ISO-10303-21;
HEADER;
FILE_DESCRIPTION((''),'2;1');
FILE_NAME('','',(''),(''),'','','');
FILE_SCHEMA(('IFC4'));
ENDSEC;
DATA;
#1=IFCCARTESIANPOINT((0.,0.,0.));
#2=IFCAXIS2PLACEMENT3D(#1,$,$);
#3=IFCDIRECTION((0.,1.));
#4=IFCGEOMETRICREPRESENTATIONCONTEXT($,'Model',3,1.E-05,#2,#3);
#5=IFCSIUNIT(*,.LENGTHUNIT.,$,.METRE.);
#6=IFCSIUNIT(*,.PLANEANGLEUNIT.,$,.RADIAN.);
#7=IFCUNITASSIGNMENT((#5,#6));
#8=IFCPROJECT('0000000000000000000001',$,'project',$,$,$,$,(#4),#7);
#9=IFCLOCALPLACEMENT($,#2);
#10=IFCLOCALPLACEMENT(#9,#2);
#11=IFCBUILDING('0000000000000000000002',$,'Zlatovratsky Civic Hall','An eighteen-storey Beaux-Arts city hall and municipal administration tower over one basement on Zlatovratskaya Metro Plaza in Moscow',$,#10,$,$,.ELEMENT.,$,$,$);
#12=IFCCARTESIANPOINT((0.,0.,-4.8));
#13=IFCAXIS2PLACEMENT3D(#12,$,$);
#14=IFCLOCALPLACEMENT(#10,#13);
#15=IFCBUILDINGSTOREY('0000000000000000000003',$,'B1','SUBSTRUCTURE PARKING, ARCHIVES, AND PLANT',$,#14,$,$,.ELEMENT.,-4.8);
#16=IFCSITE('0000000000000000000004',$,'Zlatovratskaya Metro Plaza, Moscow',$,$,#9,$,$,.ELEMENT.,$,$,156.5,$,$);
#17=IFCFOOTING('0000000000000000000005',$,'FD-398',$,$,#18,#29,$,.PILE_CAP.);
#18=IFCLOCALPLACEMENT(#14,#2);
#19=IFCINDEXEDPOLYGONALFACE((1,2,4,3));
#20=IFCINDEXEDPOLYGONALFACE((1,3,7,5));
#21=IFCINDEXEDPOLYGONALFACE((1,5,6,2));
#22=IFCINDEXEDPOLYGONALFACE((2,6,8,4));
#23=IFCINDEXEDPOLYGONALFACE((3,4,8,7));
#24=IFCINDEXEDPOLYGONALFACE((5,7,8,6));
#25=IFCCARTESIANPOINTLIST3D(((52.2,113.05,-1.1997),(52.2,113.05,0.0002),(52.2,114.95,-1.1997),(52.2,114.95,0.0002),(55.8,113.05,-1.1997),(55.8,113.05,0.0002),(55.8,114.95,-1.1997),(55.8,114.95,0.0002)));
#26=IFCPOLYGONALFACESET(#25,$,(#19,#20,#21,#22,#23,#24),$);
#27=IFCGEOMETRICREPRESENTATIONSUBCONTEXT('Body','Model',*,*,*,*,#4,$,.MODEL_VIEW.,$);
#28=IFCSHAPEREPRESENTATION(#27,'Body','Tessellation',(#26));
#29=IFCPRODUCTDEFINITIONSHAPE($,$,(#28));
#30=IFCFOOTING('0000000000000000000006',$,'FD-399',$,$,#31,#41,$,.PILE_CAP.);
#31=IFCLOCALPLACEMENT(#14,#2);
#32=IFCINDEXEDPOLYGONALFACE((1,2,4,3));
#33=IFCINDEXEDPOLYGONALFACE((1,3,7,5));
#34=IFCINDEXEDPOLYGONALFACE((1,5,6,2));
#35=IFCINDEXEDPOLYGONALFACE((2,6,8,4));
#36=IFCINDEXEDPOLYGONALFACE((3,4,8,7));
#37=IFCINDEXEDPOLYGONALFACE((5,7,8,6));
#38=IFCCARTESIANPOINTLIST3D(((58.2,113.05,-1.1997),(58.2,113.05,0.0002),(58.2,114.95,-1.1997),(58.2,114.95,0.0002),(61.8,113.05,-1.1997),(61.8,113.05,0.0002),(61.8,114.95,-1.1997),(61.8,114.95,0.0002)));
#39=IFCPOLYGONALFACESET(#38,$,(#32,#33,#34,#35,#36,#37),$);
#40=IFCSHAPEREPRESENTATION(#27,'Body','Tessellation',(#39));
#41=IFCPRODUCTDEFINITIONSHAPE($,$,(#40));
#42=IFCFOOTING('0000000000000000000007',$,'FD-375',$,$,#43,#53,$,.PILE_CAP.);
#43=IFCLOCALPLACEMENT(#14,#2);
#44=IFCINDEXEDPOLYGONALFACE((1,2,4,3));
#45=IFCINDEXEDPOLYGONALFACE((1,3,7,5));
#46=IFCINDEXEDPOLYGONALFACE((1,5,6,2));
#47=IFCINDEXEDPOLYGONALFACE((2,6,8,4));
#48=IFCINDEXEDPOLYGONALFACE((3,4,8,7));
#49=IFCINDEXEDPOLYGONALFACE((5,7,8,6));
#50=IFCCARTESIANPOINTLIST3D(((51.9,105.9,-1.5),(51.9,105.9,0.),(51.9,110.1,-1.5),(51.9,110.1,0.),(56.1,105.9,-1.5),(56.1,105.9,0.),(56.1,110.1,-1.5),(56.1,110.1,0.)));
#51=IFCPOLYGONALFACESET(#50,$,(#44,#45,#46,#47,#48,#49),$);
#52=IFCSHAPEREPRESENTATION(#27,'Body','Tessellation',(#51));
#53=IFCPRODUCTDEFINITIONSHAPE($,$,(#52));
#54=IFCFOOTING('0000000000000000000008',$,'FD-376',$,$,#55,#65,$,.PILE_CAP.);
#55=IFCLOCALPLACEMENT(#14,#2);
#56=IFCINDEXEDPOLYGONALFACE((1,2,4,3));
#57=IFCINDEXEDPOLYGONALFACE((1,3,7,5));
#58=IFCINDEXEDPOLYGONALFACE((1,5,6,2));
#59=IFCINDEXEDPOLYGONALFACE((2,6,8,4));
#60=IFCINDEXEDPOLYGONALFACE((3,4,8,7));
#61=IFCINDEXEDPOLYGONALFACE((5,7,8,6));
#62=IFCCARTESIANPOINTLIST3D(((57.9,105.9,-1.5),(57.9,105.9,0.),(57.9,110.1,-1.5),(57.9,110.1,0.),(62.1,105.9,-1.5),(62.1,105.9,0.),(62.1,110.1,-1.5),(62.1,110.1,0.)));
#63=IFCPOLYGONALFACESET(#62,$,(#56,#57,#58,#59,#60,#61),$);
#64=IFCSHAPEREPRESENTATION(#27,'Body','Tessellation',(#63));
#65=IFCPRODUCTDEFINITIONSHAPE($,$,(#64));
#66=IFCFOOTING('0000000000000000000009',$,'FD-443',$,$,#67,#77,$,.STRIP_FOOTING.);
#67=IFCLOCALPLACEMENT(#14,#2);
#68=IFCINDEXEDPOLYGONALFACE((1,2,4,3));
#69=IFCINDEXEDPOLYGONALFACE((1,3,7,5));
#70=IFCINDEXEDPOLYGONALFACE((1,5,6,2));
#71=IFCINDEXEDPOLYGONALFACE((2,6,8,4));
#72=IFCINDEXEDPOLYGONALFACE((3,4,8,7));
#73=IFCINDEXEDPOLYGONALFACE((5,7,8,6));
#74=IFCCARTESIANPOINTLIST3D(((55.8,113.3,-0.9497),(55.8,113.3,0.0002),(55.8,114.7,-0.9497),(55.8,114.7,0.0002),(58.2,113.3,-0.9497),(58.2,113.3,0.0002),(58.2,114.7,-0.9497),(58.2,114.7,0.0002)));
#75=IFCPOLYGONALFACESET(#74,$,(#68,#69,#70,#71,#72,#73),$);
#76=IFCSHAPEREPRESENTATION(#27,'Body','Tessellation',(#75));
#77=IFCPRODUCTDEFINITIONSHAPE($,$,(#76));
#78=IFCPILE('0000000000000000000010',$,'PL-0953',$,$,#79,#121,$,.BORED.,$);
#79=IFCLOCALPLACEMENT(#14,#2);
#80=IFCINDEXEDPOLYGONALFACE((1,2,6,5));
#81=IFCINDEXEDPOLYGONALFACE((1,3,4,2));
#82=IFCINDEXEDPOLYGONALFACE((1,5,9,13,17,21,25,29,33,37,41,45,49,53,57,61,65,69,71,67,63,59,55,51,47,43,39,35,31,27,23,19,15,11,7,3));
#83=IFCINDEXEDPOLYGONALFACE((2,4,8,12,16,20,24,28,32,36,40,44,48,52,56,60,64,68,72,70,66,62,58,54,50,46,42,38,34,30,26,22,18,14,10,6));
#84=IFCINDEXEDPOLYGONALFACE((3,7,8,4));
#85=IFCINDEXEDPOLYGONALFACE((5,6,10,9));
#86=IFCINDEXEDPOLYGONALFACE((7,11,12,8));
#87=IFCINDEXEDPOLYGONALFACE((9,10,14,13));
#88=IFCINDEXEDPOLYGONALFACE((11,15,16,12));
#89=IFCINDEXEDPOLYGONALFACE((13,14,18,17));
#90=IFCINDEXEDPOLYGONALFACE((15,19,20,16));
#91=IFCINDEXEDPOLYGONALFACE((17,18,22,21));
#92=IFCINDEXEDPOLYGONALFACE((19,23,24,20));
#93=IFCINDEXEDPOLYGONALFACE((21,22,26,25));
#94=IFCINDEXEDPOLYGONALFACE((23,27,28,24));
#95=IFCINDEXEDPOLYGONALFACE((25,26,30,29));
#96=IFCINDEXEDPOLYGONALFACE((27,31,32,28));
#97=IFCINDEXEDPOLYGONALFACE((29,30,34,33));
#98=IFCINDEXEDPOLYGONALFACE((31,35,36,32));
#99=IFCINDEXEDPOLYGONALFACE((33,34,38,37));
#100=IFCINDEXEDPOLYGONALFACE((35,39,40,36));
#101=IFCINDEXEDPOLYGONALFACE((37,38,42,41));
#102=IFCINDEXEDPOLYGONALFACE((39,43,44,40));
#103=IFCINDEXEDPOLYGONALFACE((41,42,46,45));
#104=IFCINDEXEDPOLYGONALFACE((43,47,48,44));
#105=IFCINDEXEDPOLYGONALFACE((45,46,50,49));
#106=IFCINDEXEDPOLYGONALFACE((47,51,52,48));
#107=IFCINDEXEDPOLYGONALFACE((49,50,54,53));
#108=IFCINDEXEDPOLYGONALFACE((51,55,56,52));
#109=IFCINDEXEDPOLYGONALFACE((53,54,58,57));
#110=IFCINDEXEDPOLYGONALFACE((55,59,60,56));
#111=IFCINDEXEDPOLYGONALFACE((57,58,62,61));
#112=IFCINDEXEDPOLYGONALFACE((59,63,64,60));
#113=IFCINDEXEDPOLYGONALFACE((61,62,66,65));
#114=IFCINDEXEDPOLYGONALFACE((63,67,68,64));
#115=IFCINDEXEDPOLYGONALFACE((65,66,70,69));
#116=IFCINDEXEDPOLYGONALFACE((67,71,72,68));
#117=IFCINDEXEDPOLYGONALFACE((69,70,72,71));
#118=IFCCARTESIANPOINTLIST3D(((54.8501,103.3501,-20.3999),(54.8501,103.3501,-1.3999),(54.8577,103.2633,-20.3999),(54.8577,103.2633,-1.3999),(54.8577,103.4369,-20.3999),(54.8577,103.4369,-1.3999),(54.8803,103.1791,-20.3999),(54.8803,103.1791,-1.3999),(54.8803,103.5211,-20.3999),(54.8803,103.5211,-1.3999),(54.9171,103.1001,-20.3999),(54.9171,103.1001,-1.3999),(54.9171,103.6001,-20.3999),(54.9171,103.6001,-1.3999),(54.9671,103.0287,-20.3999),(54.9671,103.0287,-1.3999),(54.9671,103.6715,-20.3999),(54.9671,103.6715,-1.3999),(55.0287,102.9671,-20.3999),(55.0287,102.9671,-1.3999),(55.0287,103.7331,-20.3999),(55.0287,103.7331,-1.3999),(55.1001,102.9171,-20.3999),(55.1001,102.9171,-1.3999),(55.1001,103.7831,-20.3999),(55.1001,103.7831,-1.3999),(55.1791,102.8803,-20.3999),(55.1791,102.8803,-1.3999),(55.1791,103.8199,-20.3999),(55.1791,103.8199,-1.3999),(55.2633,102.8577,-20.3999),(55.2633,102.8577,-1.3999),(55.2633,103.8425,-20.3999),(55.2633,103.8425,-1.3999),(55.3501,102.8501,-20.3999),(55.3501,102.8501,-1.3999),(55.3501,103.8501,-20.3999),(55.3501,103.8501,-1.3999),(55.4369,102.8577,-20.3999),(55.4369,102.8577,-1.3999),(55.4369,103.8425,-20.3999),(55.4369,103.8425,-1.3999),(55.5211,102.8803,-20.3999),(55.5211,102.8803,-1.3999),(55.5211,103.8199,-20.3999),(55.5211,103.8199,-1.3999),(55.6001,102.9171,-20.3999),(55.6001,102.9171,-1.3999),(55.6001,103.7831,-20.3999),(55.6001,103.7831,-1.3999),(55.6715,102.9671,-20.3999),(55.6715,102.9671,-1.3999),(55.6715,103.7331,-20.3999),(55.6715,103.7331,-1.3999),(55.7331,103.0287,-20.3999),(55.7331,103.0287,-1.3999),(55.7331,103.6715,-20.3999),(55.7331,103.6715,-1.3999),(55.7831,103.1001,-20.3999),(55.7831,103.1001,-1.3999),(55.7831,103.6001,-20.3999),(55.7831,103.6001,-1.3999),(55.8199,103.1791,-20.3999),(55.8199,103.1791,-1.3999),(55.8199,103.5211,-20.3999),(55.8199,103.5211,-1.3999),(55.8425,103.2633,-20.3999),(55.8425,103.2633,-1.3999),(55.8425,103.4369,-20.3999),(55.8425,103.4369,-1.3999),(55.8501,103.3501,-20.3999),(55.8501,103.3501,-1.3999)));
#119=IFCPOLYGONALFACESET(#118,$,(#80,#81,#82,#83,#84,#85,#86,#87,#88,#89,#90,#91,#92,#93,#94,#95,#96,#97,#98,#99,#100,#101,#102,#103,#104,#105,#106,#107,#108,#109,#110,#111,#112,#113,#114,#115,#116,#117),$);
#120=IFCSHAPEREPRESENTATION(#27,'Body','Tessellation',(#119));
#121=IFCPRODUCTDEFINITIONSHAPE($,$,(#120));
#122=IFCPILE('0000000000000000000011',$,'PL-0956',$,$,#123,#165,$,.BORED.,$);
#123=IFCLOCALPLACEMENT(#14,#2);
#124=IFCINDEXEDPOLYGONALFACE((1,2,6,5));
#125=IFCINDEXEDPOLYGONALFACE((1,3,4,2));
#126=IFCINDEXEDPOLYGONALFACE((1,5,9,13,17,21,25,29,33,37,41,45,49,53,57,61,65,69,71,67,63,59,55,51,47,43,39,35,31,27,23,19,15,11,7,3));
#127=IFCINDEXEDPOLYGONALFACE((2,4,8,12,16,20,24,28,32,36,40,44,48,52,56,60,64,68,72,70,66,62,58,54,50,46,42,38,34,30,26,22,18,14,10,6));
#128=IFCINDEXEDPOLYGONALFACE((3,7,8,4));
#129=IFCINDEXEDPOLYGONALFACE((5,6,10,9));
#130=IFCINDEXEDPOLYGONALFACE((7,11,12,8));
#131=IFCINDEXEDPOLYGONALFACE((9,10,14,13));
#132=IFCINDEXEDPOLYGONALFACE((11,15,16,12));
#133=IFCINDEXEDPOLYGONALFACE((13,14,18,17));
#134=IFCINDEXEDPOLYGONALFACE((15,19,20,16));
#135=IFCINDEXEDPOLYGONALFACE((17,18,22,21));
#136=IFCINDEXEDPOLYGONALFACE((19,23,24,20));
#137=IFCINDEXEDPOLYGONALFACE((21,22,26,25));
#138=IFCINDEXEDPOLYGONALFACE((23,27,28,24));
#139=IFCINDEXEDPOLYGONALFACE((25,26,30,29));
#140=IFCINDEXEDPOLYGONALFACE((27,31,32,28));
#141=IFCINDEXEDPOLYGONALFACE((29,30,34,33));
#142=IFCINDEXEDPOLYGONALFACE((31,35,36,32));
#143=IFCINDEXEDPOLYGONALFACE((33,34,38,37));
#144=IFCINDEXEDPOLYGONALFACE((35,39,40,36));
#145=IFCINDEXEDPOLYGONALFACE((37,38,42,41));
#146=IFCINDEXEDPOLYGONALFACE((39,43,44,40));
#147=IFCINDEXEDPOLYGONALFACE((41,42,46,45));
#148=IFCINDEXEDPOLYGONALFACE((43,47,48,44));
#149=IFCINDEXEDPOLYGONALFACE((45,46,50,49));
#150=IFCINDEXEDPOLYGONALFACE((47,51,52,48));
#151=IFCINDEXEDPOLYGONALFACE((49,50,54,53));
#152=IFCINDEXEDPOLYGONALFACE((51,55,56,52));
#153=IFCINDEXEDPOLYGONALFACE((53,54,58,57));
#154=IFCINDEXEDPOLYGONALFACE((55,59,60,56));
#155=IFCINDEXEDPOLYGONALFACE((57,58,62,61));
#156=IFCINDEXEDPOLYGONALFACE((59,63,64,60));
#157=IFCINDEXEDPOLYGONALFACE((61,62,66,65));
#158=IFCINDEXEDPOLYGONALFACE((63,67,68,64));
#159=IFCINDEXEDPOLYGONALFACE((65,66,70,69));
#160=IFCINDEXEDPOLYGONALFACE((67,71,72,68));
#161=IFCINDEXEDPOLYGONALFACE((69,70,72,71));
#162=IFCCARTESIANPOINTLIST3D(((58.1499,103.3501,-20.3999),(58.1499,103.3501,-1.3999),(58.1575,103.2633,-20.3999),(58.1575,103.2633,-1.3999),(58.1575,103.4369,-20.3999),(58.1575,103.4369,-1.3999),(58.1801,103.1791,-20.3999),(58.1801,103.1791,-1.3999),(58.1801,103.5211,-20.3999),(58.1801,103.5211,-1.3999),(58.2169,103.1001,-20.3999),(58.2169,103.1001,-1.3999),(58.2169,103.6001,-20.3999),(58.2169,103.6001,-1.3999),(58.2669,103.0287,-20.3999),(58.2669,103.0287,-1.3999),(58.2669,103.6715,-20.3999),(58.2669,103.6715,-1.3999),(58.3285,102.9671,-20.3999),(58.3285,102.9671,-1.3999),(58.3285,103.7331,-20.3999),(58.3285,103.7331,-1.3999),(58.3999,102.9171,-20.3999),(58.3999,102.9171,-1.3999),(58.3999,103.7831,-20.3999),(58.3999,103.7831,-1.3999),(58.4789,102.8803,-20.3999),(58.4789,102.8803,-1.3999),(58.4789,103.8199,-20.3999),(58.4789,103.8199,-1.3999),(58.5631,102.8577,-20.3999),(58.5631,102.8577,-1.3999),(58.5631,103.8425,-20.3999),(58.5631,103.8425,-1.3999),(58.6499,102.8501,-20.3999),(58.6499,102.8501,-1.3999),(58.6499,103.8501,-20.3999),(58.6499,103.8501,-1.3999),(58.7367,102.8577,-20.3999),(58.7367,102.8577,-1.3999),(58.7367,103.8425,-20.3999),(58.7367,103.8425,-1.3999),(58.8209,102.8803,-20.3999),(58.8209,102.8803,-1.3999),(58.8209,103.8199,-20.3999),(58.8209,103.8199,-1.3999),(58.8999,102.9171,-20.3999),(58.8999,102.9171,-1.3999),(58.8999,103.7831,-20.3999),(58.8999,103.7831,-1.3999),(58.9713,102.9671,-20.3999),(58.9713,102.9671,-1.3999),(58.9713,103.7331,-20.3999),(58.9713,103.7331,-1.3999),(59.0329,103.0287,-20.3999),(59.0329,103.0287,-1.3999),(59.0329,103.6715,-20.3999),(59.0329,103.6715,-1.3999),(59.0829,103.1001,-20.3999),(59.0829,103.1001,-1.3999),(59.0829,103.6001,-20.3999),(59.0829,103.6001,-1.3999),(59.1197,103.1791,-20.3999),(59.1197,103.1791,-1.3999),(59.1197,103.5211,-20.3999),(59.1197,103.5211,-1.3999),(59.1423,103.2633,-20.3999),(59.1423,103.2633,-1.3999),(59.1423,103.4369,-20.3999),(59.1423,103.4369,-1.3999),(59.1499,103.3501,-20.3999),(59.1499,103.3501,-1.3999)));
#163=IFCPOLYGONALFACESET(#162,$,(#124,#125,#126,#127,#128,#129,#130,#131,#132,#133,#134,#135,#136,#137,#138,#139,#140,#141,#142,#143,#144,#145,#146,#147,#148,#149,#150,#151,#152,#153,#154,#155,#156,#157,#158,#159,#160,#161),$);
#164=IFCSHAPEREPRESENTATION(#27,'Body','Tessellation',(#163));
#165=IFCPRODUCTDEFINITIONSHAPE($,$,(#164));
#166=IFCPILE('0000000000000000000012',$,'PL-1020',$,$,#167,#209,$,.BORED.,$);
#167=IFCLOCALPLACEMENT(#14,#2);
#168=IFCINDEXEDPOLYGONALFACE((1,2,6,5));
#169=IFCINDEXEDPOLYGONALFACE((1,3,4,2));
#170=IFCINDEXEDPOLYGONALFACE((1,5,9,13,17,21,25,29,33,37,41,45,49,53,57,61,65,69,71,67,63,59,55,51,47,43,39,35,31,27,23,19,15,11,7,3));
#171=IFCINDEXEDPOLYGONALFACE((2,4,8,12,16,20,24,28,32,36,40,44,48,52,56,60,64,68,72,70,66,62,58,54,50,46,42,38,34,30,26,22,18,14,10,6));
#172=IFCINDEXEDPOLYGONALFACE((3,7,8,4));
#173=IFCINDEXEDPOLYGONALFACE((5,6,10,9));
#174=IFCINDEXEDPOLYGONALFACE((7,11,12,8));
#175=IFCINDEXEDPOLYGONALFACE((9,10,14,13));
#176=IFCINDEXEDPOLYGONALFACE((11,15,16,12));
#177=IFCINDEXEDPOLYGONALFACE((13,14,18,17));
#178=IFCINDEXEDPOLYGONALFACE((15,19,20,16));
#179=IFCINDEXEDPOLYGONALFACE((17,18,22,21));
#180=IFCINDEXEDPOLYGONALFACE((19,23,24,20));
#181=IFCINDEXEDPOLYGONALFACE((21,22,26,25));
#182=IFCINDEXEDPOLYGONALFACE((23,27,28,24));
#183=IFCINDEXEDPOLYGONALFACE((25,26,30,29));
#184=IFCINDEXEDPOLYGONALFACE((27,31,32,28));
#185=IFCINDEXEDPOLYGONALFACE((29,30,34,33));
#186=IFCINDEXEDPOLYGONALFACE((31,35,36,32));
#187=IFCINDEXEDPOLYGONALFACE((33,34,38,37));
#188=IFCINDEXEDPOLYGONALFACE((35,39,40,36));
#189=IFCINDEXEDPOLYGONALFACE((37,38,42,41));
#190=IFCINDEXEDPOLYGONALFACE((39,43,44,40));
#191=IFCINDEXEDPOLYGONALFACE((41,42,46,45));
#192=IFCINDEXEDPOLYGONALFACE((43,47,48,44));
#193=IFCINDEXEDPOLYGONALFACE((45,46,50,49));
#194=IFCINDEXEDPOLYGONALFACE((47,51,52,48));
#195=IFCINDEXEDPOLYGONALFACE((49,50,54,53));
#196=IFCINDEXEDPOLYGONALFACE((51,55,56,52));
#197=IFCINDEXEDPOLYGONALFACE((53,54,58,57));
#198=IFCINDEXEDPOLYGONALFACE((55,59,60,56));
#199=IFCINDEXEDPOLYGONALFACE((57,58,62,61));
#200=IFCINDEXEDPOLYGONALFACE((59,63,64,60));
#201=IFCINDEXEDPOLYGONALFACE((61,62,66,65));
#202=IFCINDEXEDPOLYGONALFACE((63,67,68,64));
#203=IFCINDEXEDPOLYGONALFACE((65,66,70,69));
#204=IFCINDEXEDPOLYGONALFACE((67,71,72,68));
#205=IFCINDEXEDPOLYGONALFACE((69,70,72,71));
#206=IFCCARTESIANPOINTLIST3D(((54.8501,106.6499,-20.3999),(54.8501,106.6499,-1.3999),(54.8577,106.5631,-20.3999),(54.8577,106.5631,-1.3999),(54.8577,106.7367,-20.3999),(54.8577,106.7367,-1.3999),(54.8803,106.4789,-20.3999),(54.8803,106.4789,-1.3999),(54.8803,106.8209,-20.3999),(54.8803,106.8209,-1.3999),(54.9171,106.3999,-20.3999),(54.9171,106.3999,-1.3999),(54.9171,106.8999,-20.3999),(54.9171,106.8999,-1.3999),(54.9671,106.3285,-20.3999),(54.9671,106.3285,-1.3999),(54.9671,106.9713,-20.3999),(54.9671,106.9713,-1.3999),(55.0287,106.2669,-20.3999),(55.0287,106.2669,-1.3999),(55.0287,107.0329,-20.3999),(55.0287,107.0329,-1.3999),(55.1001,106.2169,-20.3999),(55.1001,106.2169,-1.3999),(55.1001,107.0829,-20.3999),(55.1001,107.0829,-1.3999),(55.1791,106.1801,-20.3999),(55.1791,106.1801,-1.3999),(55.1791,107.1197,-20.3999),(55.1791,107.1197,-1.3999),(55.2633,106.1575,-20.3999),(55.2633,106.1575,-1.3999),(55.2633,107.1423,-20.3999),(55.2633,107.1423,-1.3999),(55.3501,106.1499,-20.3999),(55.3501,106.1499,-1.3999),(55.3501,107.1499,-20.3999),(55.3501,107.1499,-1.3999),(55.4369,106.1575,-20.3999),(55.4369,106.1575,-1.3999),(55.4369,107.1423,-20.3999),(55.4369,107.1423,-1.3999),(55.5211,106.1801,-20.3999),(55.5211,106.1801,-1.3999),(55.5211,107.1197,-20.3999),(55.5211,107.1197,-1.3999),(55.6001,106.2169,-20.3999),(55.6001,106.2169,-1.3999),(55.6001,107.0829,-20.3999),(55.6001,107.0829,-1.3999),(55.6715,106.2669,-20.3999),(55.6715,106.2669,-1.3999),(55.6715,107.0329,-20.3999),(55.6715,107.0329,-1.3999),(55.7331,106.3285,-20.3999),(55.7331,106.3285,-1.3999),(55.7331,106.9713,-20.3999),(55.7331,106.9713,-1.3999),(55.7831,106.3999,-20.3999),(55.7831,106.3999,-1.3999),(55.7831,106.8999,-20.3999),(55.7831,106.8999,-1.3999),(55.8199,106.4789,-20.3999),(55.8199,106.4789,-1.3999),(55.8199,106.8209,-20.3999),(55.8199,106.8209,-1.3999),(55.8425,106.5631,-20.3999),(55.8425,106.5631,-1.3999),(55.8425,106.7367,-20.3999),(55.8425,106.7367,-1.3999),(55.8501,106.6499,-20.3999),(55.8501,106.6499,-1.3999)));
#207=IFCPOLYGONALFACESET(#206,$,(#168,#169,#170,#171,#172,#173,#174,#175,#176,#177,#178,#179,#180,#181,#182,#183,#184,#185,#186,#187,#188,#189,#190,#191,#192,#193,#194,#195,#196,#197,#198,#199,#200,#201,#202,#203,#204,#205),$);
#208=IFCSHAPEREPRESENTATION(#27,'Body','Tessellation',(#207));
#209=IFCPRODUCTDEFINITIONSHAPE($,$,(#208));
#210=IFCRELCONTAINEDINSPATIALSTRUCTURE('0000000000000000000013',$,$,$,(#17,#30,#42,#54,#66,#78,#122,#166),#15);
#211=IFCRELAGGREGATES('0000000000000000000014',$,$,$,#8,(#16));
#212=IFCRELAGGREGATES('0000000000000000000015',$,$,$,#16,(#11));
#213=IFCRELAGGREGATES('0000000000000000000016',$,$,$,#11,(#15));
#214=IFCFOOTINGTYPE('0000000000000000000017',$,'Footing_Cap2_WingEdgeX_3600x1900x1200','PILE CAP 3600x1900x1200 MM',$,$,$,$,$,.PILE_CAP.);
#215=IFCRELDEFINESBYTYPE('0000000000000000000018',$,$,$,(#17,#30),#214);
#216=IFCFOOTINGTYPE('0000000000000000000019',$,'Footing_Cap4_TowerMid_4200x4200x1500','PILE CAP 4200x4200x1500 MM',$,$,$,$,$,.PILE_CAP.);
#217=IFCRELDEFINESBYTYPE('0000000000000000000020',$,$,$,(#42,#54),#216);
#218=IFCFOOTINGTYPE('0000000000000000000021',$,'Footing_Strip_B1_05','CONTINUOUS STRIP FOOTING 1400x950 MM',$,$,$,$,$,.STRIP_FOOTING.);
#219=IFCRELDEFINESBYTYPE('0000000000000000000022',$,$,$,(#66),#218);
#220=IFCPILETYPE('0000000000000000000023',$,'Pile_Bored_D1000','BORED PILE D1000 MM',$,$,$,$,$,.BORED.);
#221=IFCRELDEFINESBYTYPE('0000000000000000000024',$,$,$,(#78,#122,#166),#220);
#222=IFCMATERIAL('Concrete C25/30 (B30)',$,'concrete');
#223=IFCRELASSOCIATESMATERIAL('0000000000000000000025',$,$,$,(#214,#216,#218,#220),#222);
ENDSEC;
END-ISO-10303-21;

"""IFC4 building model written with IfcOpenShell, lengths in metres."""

from ifc_helpers import new_model, si_unit, direction, frame, origin, origin_2d, place, context, subcontext, project, spatial, rectangle, circle, extrude, material, material_profile, profile_set, type_object, element, save


model = new_model("IFC4")

# Units and contexts
model_context = context("Model", 3, precision=1e-05, world=origin(), true_north=direction((0.0, 1.0)))
body_context = subcontext(model_context, "Body", "Model", "MODEL_VIEW")
ifc_project = project(units=[si_unit("LENGTHUNIT", "METRE"), si_unit("PLANEANGLEUNIT", "RADIAN")], contexts=[model_context])

# Site, building, storey
site_placement = place(None, origin())
site = spatial("IfcSite", under=ifc_project, at=site_placement, Name="Zlatovratskaya Metro Plaza, Moscow", CompositionType="ELEMENT", RefElevation=156.5)
building_placement = place(site_placement, origin())
building = spatial("IfcBuilding", under=site, at=building_placement, Name="Zlatovratsky Civic Hall", Description="An eighteen-storey Beaux-Arts city hall and municipal administration tower over one basement on Zlatovratskaya Metro Plaza in Moscow", CompositionType="ELEMENT")
storey_placement = place(building_placement, frame((0.0, 0.0, -4.8)))
storey = spatial("IfcBuildingStorey", under=building, at=storey_placement, Name="B1", Description="SUBSTRUCTURE PARKING, ARCHIVES, AND PLANT", CompositionType="ELEMENT", Elevation=-4.8)

# Footings
ifc_material_1 = material(Name="Concrete C25/30 (B30)", Category="concrete")
footing_type_1 = type_object("IfcFootingType", Name="Footing_Cap2_WingEdgeX_3600x1900x1200", Description="PILE CAP 3600x1900x1200 MM", PredefinedType="PILE_CAP", material=ifc_material_1)
for number, where, z_axis, x_axis, name in (
    (1, (54.0, 114.0, -1.1997), (0.0, 0.0, 1.0), (1.0, 0.0, 0.0), "FD-398"),
    (2, (60.0, 114.0, -1.1997), (0.0, 0.0, 1.0), (1.0, 0.0, 0.0), "FD-399"),
):
    element("IfcFooting", number, at=place(storey_placement, frame(where, z_axis=z_axis, x_axis=x_axis)), inside=storey, type_object=footing_type_1, Name=name, PredefinedType="PILE_CAP", context=body_context, shape_type="SweptSolid", body=[
        extrude(rectangle(XDim=3.6001, YDim=1.8999, at=origin_2d()), origin(), (0.0, 0.0, 1.0), 1.2),
    ])
footing_type_2 = type_object("IfcFootingType", Name="Footing_Cap4_TowerMid_4200x4200x1500", Description="PILE CAP 4200x4200x1500 MM", PredefinedType="PILE_CAP", material=ifc_material_1)
for number, where, z_axis, x_axis, name in (
    (3, (54.0, 108.0, -1.5), (0.0, 0.0, 1.0), (1.0, 0.0, 0.0), "FD-375"),
    (4, (60.0, 108.0, -1.5), (0.0, 0.0, 1.0), (1.0, 0.0, 0.0), "FD-376"),
):
    element("IfcFooting", number, at=place(storey_placement, frame(where, z_axis=z_axis, x_axis=x_axis)), inside=storey, type_object=footing_type_2, Name=name, PredefinedType="PILE_CAP", context=body_context, shape_type="SweptSolid", body=[
        extrude(rectangle(XDim=4.2, YDim=4.2, at=origin_2d()), origin(), (0.0, 0.0, 1.0), 1.5),
    ])
footing_type_3 = type_object("IfcFootingType", Name="Footing_Strip_B1_05", Description="CONTINUOUS STRIP FOOTING 1400x950 MM", PredefinedType="STRIP_FOOTING", material=ifc_material_1)
footing_placement = place(storey_placement, frame((57.0, 114.0, -0.9497), z_axis=(0.0, 0.0, 1.0), x_axis=(1.0, 0.0, 0.0)))
element("IfcFooting", 5, at=footing_placement, inside=storey, type_object=footing_type_3, Name="FD-443", PredefinedType="STRIP_FOOTING", context=body_context, shape_type="SweptSolid", body=[
    extrude(rectangle(XDim=2.3999, YDim=1.3999, at=origin_2d()), origin(), (0.0, 0.0, 1.0), 0.95),
])

# Piles
ifc_material_profile_1 = material_profile(ifc_material_1, circle(Radius=0.5, at=origin_2d()), Name="PILE D1000")
ifc_profile_set_1 = profile_set([ifc_material_profile_1], Name="Concrete C25/30 (B30)")
pile_type_1 = type_object("IfcPileType", Name="Pile_Bored_D1000", Description="BORED PILE D1000 MM", PredefinedType="BORED", material=ifc_profile_set_1)
for number, where, z_axis, x_axis, name in (
    (6, (55.3501, 103.3501, -1.3999), (0.0, 0.0, -1.0), (1.0, 0.0, 0.0), "PL-0953"),
    (7, (58.6499, 103.3501, -1.3999), (0.0, 0.0, -1.0), (1.0, 0.0, 0.0), "PL-0956"),
    (8, (55.3501, 106.6499, -1.3999), (0.0, 0.0, -1.0), (1.0, 0.0, 0.0), "PL-1020"),
):
    element("IfcPile", number, at=place(storey_placement, frame(where, z_axis=z_axis, x_axis=x_axis)), inside=storey, type_object=pile_type_1, Name=name, PredefinedType="BORED", context=body_context, shape_type="SweptSolid", body=[
        extrude(circle(Radius=0.5, at=origin_2d()), origin(), (0.0, 0.0, 1.0), 19.0),
    ])

save(model, "model.ifc")
